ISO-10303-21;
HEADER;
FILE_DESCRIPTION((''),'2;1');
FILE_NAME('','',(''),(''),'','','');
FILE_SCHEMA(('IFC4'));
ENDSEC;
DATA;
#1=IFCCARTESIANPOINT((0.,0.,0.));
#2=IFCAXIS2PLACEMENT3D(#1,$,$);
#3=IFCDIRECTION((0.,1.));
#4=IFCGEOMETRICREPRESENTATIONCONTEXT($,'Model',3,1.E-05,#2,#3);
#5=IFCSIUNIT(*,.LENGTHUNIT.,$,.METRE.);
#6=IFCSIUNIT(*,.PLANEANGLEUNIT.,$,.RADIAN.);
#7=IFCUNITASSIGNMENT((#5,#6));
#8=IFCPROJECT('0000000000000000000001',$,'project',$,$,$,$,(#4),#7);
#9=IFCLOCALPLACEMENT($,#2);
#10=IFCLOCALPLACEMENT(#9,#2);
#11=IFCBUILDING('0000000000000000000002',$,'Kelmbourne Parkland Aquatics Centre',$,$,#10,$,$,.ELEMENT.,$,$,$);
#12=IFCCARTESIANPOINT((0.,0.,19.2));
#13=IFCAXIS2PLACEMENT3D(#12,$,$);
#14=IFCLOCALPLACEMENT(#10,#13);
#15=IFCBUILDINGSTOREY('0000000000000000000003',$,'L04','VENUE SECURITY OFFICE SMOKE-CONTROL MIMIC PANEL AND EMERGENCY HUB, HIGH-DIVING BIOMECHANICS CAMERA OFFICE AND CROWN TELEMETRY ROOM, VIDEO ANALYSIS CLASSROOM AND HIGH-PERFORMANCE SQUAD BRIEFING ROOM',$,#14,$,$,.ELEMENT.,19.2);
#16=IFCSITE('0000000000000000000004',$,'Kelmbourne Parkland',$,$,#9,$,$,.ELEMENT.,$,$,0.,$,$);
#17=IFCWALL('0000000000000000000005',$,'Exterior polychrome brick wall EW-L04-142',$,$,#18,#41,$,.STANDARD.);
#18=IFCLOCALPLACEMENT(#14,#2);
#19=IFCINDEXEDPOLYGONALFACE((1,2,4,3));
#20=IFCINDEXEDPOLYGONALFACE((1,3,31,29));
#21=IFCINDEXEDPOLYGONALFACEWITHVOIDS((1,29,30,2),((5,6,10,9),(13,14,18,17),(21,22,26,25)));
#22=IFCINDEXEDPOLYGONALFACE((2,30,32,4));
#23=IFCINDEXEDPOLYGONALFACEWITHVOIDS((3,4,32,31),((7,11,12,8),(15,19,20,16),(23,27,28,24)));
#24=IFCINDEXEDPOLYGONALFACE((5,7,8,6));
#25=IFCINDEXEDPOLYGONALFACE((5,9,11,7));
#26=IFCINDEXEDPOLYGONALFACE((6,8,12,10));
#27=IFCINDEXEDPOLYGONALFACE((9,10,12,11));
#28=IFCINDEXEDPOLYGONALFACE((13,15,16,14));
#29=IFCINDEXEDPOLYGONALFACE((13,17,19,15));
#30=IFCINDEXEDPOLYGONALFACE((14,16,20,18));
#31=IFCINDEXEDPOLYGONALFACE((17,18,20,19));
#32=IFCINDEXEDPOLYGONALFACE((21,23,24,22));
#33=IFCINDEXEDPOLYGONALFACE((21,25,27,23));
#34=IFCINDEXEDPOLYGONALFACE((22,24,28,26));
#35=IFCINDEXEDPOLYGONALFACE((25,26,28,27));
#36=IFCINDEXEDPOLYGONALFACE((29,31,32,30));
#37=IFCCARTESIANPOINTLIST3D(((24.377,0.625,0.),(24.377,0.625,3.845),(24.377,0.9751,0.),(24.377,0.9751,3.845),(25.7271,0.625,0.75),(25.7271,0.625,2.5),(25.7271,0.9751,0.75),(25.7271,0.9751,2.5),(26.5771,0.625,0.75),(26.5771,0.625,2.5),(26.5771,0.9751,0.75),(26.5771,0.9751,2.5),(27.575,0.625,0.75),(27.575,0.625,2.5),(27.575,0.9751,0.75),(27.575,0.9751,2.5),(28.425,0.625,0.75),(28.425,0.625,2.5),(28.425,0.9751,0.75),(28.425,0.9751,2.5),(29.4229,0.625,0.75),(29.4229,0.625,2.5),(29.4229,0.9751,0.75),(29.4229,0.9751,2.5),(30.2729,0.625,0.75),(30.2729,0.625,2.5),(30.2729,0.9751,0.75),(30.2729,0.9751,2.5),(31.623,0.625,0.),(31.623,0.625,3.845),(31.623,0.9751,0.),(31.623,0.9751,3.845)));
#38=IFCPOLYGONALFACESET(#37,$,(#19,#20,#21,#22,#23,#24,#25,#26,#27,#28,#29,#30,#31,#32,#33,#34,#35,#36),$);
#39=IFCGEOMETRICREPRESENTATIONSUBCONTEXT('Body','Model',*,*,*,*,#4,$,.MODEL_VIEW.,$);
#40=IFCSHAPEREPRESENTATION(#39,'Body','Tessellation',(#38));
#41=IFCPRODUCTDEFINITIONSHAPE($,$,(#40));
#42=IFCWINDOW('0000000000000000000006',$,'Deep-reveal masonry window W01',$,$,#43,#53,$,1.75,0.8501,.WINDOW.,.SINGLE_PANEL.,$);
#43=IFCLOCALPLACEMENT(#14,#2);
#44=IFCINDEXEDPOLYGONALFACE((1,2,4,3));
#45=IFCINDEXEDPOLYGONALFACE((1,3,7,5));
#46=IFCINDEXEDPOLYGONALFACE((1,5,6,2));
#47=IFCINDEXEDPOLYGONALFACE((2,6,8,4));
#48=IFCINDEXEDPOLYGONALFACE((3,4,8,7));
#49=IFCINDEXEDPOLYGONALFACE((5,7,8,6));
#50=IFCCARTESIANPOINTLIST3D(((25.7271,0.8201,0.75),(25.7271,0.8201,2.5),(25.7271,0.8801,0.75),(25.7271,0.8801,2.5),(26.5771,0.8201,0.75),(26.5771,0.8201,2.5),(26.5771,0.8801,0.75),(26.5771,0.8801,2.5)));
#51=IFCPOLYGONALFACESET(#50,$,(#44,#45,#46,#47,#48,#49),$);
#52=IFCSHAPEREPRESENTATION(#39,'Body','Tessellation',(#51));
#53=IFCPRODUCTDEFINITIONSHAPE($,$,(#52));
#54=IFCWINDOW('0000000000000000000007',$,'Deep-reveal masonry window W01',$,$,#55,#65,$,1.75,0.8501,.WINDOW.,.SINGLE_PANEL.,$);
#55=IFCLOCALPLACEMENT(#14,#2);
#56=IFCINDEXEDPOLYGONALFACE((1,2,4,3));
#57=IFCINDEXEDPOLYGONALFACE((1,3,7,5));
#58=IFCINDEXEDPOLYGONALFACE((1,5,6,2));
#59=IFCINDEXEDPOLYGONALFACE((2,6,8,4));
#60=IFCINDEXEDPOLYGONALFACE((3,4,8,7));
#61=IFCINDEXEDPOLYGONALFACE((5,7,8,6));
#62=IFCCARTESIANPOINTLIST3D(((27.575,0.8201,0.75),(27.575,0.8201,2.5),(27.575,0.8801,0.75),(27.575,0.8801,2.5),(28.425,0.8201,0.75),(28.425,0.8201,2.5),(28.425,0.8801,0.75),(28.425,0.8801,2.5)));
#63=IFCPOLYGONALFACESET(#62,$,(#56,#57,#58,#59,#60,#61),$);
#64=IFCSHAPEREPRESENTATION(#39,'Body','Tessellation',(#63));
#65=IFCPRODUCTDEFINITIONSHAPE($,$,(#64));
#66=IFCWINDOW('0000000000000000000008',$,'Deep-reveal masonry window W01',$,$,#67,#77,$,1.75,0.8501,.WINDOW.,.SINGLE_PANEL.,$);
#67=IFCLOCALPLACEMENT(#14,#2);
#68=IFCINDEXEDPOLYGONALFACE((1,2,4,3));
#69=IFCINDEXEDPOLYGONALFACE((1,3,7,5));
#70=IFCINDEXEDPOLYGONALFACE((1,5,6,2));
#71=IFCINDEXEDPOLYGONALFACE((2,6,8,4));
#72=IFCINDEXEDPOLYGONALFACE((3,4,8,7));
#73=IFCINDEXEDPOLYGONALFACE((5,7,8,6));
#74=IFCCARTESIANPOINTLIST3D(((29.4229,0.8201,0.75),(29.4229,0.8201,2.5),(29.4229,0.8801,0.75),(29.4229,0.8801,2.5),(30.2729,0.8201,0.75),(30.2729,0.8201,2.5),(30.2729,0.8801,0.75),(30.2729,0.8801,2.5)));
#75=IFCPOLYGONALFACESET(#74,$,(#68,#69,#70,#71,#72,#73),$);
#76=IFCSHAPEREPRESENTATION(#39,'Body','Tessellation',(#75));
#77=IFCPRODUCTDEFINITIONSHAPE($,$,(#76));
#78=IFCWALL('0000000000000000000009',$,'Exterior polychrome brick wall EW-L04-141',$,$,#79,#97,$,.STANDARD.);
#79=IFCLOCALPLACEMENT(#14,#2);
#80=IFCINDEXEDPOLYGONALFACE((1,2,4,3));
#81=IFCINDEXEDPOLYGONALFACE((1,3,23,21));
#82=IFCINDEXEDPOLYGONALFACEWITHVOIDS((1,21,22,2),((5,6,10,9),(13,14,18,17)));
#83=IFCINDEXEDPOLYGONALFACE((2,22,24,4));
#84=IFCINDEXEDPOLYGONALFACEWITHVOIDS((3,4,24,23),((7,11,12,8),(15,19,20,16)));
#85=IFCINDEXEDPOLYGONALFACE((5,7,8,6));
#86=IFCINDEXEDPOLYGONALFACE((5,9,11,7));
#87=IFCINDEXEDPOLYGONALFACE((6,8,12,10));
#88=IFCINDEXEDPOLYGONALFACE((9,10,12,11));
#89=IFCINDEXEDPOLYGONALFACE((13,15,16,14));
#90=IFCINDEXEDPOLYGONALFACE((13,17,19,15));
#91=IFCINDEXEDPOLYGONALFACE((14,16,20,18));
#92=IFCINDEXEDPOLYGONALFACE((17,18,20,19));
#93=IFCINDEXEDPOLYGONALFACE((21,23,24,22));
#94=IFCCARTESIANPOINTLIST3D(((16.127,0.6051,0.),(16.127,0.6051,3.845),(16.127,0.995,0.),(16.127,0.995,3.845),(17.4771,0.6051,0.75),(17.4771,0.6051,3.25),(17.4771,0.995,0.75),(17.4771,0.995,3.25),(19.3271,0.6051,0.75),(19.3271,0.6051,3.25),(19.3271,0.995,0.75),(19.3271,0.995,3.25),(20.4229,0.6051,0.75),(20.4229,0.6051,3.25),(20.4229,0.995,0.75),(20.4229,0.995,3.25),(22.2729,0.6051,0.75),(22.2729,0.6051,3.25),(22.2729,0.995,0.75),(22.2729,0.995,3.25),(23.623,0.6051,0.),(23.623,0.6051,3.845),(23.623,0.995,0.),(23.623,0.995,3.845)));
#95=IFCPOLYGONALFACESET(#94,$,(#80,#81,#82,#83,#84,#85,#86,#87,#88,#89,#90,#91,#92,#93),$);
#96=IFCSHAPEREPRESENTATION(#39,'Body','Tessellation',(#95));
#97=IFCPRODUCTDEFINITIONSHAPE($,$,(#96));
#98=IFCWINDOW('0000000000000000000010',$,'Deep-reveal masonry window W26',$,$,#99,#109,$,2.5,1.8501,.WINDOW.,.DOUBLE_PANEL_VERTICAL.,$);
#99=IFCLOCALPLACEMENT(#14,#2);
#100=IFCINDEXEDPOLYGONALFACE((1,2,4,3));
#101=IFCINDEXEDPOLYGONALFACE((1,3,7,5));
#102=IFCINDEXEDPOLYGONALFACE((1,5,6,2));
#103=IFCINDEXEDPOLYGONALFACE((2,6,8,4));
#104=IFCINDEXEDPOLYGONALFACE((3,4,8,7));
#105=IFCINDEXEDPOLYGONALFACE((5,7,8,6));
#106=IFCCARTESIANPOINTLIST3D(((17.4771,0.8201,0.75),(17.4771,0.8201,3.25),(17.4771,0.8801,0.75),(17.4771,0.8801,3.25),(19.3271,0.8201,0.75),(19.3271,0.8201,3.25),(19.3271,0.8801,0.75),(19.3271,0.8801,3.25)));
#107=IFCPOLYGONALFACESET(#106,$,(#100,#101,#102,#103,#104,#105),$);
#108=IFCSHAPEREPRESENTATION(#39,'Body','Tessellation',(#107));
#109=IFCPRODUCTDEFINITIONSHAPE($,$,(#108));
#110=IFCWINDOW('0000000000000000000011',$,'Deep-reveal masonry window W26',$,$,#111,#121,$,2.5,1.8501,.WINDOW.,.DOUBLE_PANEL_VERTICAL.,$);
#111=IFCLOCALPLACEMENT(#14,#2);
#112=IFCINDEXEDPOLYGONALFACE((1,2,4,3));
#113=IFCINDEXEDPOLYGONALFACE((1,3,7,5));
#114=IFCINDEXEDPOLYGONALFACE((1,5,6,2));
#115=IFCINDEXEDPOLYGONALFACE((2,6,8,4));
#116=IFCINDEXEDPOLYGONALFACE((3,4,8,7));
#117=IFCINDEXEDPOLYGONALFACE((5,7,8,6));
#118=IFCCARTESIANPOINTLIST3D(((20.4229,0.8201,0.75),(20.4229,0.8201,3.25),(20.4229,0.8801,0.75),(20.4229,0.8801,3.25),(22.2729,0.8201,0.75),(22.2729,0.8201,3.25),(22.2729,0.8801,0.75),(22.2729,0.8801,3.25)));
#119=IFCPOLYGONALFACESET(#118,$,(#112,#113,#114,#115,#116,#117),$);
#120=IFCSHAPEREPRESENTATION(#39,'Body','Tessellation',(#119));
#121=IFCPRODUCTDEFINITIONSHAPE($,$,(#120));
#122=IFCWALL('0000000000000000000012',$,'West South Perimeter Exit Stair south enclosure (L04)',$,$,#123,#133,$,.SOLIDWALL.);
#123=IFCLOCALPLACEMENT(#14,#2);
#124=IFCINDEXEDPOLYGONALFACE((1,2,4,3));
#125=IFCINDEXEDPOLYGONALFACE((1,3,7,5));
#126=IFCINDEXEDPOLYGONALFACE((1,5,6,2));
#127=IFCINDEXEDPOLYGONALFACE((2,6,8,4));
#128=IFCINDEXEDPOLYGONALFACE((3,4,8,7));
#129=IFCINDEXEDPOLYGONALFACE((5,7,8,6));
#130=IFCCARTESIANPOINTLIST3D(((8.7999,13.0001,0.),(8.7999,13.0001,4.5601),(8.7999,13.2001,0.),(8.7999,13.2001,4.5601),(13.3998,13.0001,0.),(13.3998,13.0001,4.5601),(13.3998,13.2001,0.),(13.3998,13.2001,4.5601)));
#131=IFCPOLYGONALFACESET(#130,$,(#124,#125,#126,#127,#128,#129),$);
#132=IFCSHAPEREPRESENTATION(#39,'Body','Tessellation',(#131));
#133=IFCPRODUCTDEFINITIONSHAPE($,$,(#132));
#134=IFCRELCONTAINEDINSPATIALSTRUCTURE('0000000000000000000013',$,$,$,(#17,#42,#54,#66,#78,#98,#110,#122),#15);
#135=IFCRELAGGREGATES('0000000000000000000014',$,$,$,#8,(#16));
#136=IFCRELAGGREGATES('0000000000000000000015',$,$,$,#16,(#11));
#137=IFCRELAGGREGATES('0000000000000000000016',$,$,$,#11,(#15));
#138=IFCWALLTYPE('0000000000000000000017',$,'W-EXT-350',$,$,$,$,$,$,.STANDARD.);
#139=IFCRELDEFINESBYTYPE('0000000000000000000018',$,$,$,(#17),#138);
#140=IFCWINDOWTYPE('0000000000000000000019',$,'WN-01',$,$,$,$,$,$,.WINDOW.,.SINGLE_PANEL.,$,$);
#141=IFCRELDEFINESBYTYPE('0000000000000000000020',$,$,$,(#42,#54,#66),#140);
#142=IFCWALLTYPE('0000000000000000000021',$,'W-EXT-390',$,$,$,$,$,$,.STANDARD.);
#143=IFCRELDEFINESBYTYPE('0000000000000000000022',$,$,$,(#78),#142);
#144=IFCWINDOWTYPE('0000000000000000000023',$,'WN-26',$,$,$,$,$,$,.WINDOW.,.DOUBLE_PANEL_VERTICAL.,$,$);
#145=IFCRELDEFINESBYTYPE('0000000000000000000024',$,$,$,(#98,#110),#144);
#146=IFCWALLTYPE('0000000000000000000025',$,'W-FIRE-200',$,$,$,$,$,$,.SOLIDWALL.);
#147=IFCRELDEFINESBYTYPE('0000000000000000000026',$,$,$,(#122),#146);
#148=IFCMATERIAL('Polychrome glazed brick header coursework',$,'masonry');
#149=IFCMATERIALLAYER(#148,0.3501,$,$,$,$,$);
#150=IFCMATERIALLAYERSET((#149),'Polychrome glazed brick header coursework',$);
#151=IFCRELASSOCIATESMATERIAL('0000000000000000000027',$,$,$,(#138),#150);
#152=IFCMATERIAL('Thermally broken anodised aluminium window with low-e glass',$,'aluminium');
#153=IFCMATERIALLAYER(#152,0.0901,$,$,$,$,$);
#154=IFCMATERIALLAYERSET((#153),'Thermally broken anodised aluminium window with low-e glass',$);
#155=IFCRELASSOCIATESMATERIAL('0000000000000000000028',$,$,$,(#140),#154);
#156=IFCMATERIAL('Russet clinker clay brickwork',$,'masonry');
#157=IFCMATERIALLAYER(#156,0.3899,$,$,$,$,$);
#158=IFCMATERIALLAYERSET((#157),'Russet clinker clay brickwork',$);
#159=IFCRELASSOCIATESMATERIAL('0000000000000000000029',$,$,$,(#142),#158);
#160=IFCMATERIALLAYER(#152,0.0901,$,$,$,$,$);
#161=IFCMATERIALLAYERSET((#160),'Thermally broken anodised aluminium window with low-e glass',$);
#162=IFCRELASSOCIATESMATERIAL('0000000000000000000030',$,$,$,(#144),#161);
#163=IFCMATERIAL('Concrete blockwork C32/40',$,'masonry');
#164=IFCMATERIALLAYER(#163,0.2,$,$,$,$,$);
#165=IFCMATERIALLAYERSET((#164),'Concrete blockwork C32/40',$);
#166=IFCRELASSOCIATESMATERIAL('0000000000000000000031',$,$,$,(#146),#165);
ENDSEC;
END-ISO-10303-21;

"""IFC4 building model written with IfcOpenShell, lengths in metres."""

from ifc_helpers import new_model, si_unit, direction, frame, frame_2d, origin, place, context, subcontext, project, spatial, rectangle, extrude, material, layer, layer_set, type_object, element, fill, save


model = new_model("IFC4")

# Units and contexts
model_context = context("Model", 3, precision=1e-05, world=origin(), true_north=direction((0.0, 1.0)))
body_context = subcontext(model_context, "Body", "Model", "MODEL_VIEW")
ifc_project = project(units=[si_unit("LENGTHUNIT", "METRE"), si_unit("PLANEANGLEUNIT", "RADIAN")], contexts=[model_context])

# Site, building, storey
site_placement = place(None, origin())
site = spatial("IfcSite", under=ifc_project, at=site_placement, Name="Kelmbourne Parkland", CompositionType="ELEMENT", RefElevation=0.0)
building_placement = place(site_placement, origin())
building = spatial("IfcBuilding", under=site, at=building_placement, Name="Kelmbourne Parkland Aquatics Centre", CompositionType="ELEMENT")
storey_placement = place(building_placement, frame((0.0, 0.0, 19.2)))
storey = spatial("IfcBuildingStorey", under=building, at=storey_placement, Name="L04", Description="VENUE SECURITY OFFICE SMOKE-CONTROL MIMIC PANEL AND EMERGENCY HUB, HIGH-DIVING BIOMECHANICS CAMERA OFFICE AND CROWN TELEMETRY ROOM, VIDEO ANALYSIS CLASSROOM AND HIGH-PERFORMANCE SQUAD BRIEFING ROOM", CompositionType="ELEMENT", Elevation=19.2)

# Walls, openings, windows
ifc_material_1 = material(Name="Polychrome glazed brick header coursework", Category="masonry")
ifc_layer_1 = layer(ifc_material_1, 0.3501)
ifc_layer_set_1 = layer_set([ifc_layer_1], Name="Polychrome glazed brick header coursework")
wall_type_1 = type_object("IfcWallType", Name="W-EXT-350", PredefinedType="STANDARD", material=ifc_layer_set_1)
wall_1_placement = place(storey_placement, frame((24.377, 0.8, 0.0), z_axis=(0.0, 0.0, 1.0), x_axis=(1.0, 0.0, 0.0)))
wall_1 = element("IfcWall", 1, at=wall_1_placement, inside=storey, type_object=wall_type_1, Name="Exterior polychrome brick wall EW-L04-142", PredefinedType="STANDARD", context=body_context, shape_type="SweptSolid", body=[
    extrude(rectangle(XDim=7.2461, YDim=0.3501, at=frame_2d((3.623, 0.0))), origin(), (0.0, 0.0, 1.0), 3.845),
])
opening_1_placement = place(wall_1_placement, frame((1.3501, 0.0, 0.75)))
opening_1 = element("IfcOpeningElement", 2, at=opening_1_placement, cuts=wall_1, PredefinedType="OPENING", context=body_context, shape_type="SweptSolid", body=[
    extrude(rectangle(XDim=0.8501, YDim=1.75, at=frame_2d((0.425, 0.875))), frame((0.0, 0.187, 0.0), z_axis=(0.0, -1.0, 0.0), x_axis=(1.0, 0.0, 0.0)), (0.0, 0.0, 1.0), 0.374),
])
opening_2_placement = place(wall_1_placement, frame((3.198, 0.0, 0.75)))
opening_2 = element("IfcOpeningElement", 3, at=opening_2_placement, cuts=wall_1, PredefinedType="OPENING", context=body_context, shape_type="SweptSolid", body=[
    extrude(rectangle(XDim=0.8501, YDim=1.75, at=frame_2d((0.425, 0.875))), frame((0.0, 0.187, 0.0), z_axis=(0.0, -1.0, 0.0), x_axis=(1.0, 0.0, 0.0)), (0.0, 0.0, 1.0), 0.374),
])
opening_3_placement = place(wall_1_placement, frame((5.0459, 0.0, 0.75)))
opening_3 = element("IfcOpeningElement", 4, at=opening_3_placement, cuts=wall_1, PredefinedType="OPENING", context=body_context, shape_type="SweptSolid", body=[
    extrude(rectangle(XDim=0.8501, YDim=1.75, at=frame_2d((0.425, 0.875))), frame((0.0, 0.187, 0.0), z_axis=(0.0, -1.0, 0.0), x_axis=(1.0, 0.0, 0.0)), (0.0, 0.0, 1.0), 0.374),
])
ifc_material_2 = material(Name="Thermally broken anodised aluminium window with low-e glass", Category="aluminium")
ifc_layer_2 = layer(ifc_material_2, 0.0901)
ifc_layer_set_2 = layer_set([ifc_layer_2], Name="Thermally broken anodised aluminium window with low-e glass")
window_type_1 = type_object("IfcWindowType", Name="WN-01", PartitioningType="SINGLE_PANEL", PredefinedType="WINDOW", material=ifc_layer_set_2)
window_1_placement = place(opening_1_placement, origin())
window_1 = element("IfcWindow", 5, at=window_1_placement, inside=storey, type_object=window_type_1, Name="Deep-reveal masonry window W01", OverallHeight=1.75, OverallWidth=0.8501, PartitioningType="SINGLE_PANEL", PredefinedType="WINDOW", context=body_context, shape_type="SweptSolid", body=[
    extrude(rectangle(XDim=0.8501, YDim=1.75, at=frame_2d((0.425, 0.875))), frame((0.0, 0.0801, 0.0), z_axis=(0.0, -1.0, 0.0), x_axis=(1.0, 0.0, 0.0)), (0.0, 0.0, 1.0), 0.0601),
])
fill(opening_1, window_1)
window_2_placement = place(opening_2_placement, origin())
window_2 = element("IfcWindow", 6, at=window_2_placement, inside=storey, type_object=window_type_1, Name="Deep-reveal masonry window W01", OverallHeight=1.75, OverallWidth=0.8501, PartitioningType="SINGLE_PANEL", PredefinedType="WINDOW", context=body_context, shape_type="SweptSolid", body=[
    extrude(rectangle(XDim=0.8501, YDim=1.75, at=frame_2d((0.425, 0.875))), frame((0.0, 0.0801, 0.0), z_axis=(0.0, -1.0, 0.0), x_axis=(1.0, 0.0, 0.0)), (0.0, 0.0, 1.0), 0.0601),
])
fill(opening_2, window_2)
window_3_placement = place(opening_3_placement, origin())
window_3 = element("IfcWindow", 7, at=window_3_placement, inside=storey, type_object=window_type_1, Name="Deep-reveal masonry window W01", OverallHeight=1.75, OverallWidth=0.8501, PartitioningType="SINGLE_PANEL", PredefinedType="WINDOW", context=body_context, shape_type="SweptSolid", body=[
    extrude(rectangle(XDim=0.8501, YDim=1.75, at=frame_2d((0.425, 0.875))), frame((0.0, 0.0801, 0.0), z_axis=(0.0, -1.0, 0.0), x_axis=(1.0, 0.0, 0.0)), (0.0, 0.0, 1.0), 0.0601),
])
fill(opening_3, window_3)
ifc_material_3 = material(Name="Russet clinker clay brickwork", Category="masonry")
ifc_layer_3 = layer(ifc_material_3, 0.3899)
ifc_layer_set_3 = layer_set([ifc_layer_3], Name="Russet clinker clay brickwork")
wall_type_2 = type_object("IfcWallType", Name="W-EXT-390", PredefinedType="STANDARD", material=ifc_layer_set_3)
wall_2_placement = place(storey_placement, frame((16.127, 0.8, 0.0), z_axis=(0.0, 0.0, 1.0), x_axis=(1.0, 0.0, 0.0)))
wall_2 = element("IfcWall", 8, at=wall_2_placement, inside=storey, type_object=wall_type_2, Name="Exterior polychrome brick wall EW-L04-141", PredefinedType="STANDARD", context=body_context, shape_type="SweptSolid", body=[
    extrude(rectangle(XDim=7.4961, YDim=0.3899, at=frame_2d((3.748, 0.0))), origin(), (0.0, 0.0, 1.0), 3.845),
])
opening_4_placement = place(wall_2_placement, frame((1.3501, 0.0, 0.75)))
opening_4 = element("IfcOpeningElement", 9, at=opening_4_placement, cuts=wall_2, PredefinedType="OPENING", context=body_context, shape_type="SweptSolid", body=[
    extrude(rectangle(XDim=1.8501, YDim=2.5, at=frame_2d((0.925, 1.25))), frame((0.0, 0.207, 0.0), z_axis=(0.0, -1.0, 0.0), x_axis=(1.0, 0.0, 0.0)), (0.0, 0.0, 1.0), 0.4138),
])
opening_5_placement = place(wall_2_placement, frame((4.2959, 0.0, 0.75)))
opening_5 = element("IfcOpeningElement", 10, at=opening_5_placement, cuts=wall_2, PredefinedType="OPENING", context=body_context, shape_type="SweptSolid", body=[
    extrude(rectangle(XDim=1.8501, YDim=2.5, at=frame_2d((0.925, 1.25))), frame((0.0, 0.207, 0.0), z_axis=(0.0, -1.0, 0.0), x_axis=(1.0, 0.0, 0.0)), (0.0, 0.0, 1.0), 0.4138),
])
ifc_layer_4 = layer(ifc_material_2, 0.0901)
ifc_layer_set_4 = layer_set([ifc_layer_4], Name="Thermally broken anodised aluminium window with low-e glass")
window_type_2 = type_object("IfcWindowType", Name="WN-26", PartitioningType="DOUBLE_PANEL_VERTICAL", PredefinedType="WINDOW", material=ifc_layer_set_4)
window_4_placement = place(opening_4_placement, origin())
window_4 = element("IfcWindow", 11, at=window_4_placement, inside=storey, type_object=window_type_2, Name="Deep-reveal masonry window W26", OverallHeight=2.5, OverallWidth=1.8501, PartitioningType="DOUBLE_PANEL_VERTICAL", PredefinedType="WINDOW", context=body_context, shape_type="SweptSolid", body=[
    extrude(rectangle(XDim=1.8501, YDim=2.5, at=frame_2d((0.925, 1.25))), frame((0.0, 0.0801, 0.0), z_axis=(0.0, -1.0, 0.0), x_axis=(1.0, 0.0, 0.0)), (0.0, 0.0, 1.0), 0.0601),
])
fill(opening_4, window_4)
window_5_placement = place(opening_5_placement, origin())
window_5 = element("IfcWindow", 12, at=window_5_placement, inside=storey, type_object=window_type_2, Name="Deep-reveal masonry window W26", OverallHeight=2.5, OverallWidth=1.8501, PartitioningType="DOUBLE_PANEL_VERTICAL", PredefinedType="WINDOW", context=body_context, shape_type="SweptSolid", body=[
    extrude(rectangle(XDim=1.8501, YDim=2.5, at=frame_2d((0.925, 1.25))), frame((0.0, 0.0801, 0.0), z_axis=(0.0, -1.0, 0.0), x_axis=(1.0, 0.0, 0.0)), (0.0, 0.0, 1.0), 0.0601),
])
fill(opening_5, window_5)

# Wall
ifc_material_4 = material(Name="Concrete blockwork C32/40", Category="masonry")
ifc_layer_5 = layer(ifc_material_4, 0.2)
ifc_layer_set_5 = layer_set([ifc_layer_5], Name="Concrete blockwork C32/40")
wall_type_3 = type_object("IfcWallType", Name="W-FIRE-200", PredefinedType="SOLIDWALL", material=ifc_layer_set_5)
wall_3_placement = place(storey_placement, frame((8.8, 13.1001, 0.0), z_axis=(0.0, 0.0, 1.0), x_axis=(1.0, 0.0, 0.0)))
element("IfcWall", 13, at=wall_3_placement, inside=storey, type_object=wall_type_3, Name="West South Perimeter Exit Stair south enclosure (L04)", PredefinedType="SOLIDWALL", context=body_context, shape_type="SweptSolid", body=[
    extrude(rectangle(XDim=4.5999, YDim=0.2, at=frame_2d((2.2998, 0.0))), origin(), (0.0, 0.0, 1.0), 4.5601),
])

save(model, "model.ifc")
